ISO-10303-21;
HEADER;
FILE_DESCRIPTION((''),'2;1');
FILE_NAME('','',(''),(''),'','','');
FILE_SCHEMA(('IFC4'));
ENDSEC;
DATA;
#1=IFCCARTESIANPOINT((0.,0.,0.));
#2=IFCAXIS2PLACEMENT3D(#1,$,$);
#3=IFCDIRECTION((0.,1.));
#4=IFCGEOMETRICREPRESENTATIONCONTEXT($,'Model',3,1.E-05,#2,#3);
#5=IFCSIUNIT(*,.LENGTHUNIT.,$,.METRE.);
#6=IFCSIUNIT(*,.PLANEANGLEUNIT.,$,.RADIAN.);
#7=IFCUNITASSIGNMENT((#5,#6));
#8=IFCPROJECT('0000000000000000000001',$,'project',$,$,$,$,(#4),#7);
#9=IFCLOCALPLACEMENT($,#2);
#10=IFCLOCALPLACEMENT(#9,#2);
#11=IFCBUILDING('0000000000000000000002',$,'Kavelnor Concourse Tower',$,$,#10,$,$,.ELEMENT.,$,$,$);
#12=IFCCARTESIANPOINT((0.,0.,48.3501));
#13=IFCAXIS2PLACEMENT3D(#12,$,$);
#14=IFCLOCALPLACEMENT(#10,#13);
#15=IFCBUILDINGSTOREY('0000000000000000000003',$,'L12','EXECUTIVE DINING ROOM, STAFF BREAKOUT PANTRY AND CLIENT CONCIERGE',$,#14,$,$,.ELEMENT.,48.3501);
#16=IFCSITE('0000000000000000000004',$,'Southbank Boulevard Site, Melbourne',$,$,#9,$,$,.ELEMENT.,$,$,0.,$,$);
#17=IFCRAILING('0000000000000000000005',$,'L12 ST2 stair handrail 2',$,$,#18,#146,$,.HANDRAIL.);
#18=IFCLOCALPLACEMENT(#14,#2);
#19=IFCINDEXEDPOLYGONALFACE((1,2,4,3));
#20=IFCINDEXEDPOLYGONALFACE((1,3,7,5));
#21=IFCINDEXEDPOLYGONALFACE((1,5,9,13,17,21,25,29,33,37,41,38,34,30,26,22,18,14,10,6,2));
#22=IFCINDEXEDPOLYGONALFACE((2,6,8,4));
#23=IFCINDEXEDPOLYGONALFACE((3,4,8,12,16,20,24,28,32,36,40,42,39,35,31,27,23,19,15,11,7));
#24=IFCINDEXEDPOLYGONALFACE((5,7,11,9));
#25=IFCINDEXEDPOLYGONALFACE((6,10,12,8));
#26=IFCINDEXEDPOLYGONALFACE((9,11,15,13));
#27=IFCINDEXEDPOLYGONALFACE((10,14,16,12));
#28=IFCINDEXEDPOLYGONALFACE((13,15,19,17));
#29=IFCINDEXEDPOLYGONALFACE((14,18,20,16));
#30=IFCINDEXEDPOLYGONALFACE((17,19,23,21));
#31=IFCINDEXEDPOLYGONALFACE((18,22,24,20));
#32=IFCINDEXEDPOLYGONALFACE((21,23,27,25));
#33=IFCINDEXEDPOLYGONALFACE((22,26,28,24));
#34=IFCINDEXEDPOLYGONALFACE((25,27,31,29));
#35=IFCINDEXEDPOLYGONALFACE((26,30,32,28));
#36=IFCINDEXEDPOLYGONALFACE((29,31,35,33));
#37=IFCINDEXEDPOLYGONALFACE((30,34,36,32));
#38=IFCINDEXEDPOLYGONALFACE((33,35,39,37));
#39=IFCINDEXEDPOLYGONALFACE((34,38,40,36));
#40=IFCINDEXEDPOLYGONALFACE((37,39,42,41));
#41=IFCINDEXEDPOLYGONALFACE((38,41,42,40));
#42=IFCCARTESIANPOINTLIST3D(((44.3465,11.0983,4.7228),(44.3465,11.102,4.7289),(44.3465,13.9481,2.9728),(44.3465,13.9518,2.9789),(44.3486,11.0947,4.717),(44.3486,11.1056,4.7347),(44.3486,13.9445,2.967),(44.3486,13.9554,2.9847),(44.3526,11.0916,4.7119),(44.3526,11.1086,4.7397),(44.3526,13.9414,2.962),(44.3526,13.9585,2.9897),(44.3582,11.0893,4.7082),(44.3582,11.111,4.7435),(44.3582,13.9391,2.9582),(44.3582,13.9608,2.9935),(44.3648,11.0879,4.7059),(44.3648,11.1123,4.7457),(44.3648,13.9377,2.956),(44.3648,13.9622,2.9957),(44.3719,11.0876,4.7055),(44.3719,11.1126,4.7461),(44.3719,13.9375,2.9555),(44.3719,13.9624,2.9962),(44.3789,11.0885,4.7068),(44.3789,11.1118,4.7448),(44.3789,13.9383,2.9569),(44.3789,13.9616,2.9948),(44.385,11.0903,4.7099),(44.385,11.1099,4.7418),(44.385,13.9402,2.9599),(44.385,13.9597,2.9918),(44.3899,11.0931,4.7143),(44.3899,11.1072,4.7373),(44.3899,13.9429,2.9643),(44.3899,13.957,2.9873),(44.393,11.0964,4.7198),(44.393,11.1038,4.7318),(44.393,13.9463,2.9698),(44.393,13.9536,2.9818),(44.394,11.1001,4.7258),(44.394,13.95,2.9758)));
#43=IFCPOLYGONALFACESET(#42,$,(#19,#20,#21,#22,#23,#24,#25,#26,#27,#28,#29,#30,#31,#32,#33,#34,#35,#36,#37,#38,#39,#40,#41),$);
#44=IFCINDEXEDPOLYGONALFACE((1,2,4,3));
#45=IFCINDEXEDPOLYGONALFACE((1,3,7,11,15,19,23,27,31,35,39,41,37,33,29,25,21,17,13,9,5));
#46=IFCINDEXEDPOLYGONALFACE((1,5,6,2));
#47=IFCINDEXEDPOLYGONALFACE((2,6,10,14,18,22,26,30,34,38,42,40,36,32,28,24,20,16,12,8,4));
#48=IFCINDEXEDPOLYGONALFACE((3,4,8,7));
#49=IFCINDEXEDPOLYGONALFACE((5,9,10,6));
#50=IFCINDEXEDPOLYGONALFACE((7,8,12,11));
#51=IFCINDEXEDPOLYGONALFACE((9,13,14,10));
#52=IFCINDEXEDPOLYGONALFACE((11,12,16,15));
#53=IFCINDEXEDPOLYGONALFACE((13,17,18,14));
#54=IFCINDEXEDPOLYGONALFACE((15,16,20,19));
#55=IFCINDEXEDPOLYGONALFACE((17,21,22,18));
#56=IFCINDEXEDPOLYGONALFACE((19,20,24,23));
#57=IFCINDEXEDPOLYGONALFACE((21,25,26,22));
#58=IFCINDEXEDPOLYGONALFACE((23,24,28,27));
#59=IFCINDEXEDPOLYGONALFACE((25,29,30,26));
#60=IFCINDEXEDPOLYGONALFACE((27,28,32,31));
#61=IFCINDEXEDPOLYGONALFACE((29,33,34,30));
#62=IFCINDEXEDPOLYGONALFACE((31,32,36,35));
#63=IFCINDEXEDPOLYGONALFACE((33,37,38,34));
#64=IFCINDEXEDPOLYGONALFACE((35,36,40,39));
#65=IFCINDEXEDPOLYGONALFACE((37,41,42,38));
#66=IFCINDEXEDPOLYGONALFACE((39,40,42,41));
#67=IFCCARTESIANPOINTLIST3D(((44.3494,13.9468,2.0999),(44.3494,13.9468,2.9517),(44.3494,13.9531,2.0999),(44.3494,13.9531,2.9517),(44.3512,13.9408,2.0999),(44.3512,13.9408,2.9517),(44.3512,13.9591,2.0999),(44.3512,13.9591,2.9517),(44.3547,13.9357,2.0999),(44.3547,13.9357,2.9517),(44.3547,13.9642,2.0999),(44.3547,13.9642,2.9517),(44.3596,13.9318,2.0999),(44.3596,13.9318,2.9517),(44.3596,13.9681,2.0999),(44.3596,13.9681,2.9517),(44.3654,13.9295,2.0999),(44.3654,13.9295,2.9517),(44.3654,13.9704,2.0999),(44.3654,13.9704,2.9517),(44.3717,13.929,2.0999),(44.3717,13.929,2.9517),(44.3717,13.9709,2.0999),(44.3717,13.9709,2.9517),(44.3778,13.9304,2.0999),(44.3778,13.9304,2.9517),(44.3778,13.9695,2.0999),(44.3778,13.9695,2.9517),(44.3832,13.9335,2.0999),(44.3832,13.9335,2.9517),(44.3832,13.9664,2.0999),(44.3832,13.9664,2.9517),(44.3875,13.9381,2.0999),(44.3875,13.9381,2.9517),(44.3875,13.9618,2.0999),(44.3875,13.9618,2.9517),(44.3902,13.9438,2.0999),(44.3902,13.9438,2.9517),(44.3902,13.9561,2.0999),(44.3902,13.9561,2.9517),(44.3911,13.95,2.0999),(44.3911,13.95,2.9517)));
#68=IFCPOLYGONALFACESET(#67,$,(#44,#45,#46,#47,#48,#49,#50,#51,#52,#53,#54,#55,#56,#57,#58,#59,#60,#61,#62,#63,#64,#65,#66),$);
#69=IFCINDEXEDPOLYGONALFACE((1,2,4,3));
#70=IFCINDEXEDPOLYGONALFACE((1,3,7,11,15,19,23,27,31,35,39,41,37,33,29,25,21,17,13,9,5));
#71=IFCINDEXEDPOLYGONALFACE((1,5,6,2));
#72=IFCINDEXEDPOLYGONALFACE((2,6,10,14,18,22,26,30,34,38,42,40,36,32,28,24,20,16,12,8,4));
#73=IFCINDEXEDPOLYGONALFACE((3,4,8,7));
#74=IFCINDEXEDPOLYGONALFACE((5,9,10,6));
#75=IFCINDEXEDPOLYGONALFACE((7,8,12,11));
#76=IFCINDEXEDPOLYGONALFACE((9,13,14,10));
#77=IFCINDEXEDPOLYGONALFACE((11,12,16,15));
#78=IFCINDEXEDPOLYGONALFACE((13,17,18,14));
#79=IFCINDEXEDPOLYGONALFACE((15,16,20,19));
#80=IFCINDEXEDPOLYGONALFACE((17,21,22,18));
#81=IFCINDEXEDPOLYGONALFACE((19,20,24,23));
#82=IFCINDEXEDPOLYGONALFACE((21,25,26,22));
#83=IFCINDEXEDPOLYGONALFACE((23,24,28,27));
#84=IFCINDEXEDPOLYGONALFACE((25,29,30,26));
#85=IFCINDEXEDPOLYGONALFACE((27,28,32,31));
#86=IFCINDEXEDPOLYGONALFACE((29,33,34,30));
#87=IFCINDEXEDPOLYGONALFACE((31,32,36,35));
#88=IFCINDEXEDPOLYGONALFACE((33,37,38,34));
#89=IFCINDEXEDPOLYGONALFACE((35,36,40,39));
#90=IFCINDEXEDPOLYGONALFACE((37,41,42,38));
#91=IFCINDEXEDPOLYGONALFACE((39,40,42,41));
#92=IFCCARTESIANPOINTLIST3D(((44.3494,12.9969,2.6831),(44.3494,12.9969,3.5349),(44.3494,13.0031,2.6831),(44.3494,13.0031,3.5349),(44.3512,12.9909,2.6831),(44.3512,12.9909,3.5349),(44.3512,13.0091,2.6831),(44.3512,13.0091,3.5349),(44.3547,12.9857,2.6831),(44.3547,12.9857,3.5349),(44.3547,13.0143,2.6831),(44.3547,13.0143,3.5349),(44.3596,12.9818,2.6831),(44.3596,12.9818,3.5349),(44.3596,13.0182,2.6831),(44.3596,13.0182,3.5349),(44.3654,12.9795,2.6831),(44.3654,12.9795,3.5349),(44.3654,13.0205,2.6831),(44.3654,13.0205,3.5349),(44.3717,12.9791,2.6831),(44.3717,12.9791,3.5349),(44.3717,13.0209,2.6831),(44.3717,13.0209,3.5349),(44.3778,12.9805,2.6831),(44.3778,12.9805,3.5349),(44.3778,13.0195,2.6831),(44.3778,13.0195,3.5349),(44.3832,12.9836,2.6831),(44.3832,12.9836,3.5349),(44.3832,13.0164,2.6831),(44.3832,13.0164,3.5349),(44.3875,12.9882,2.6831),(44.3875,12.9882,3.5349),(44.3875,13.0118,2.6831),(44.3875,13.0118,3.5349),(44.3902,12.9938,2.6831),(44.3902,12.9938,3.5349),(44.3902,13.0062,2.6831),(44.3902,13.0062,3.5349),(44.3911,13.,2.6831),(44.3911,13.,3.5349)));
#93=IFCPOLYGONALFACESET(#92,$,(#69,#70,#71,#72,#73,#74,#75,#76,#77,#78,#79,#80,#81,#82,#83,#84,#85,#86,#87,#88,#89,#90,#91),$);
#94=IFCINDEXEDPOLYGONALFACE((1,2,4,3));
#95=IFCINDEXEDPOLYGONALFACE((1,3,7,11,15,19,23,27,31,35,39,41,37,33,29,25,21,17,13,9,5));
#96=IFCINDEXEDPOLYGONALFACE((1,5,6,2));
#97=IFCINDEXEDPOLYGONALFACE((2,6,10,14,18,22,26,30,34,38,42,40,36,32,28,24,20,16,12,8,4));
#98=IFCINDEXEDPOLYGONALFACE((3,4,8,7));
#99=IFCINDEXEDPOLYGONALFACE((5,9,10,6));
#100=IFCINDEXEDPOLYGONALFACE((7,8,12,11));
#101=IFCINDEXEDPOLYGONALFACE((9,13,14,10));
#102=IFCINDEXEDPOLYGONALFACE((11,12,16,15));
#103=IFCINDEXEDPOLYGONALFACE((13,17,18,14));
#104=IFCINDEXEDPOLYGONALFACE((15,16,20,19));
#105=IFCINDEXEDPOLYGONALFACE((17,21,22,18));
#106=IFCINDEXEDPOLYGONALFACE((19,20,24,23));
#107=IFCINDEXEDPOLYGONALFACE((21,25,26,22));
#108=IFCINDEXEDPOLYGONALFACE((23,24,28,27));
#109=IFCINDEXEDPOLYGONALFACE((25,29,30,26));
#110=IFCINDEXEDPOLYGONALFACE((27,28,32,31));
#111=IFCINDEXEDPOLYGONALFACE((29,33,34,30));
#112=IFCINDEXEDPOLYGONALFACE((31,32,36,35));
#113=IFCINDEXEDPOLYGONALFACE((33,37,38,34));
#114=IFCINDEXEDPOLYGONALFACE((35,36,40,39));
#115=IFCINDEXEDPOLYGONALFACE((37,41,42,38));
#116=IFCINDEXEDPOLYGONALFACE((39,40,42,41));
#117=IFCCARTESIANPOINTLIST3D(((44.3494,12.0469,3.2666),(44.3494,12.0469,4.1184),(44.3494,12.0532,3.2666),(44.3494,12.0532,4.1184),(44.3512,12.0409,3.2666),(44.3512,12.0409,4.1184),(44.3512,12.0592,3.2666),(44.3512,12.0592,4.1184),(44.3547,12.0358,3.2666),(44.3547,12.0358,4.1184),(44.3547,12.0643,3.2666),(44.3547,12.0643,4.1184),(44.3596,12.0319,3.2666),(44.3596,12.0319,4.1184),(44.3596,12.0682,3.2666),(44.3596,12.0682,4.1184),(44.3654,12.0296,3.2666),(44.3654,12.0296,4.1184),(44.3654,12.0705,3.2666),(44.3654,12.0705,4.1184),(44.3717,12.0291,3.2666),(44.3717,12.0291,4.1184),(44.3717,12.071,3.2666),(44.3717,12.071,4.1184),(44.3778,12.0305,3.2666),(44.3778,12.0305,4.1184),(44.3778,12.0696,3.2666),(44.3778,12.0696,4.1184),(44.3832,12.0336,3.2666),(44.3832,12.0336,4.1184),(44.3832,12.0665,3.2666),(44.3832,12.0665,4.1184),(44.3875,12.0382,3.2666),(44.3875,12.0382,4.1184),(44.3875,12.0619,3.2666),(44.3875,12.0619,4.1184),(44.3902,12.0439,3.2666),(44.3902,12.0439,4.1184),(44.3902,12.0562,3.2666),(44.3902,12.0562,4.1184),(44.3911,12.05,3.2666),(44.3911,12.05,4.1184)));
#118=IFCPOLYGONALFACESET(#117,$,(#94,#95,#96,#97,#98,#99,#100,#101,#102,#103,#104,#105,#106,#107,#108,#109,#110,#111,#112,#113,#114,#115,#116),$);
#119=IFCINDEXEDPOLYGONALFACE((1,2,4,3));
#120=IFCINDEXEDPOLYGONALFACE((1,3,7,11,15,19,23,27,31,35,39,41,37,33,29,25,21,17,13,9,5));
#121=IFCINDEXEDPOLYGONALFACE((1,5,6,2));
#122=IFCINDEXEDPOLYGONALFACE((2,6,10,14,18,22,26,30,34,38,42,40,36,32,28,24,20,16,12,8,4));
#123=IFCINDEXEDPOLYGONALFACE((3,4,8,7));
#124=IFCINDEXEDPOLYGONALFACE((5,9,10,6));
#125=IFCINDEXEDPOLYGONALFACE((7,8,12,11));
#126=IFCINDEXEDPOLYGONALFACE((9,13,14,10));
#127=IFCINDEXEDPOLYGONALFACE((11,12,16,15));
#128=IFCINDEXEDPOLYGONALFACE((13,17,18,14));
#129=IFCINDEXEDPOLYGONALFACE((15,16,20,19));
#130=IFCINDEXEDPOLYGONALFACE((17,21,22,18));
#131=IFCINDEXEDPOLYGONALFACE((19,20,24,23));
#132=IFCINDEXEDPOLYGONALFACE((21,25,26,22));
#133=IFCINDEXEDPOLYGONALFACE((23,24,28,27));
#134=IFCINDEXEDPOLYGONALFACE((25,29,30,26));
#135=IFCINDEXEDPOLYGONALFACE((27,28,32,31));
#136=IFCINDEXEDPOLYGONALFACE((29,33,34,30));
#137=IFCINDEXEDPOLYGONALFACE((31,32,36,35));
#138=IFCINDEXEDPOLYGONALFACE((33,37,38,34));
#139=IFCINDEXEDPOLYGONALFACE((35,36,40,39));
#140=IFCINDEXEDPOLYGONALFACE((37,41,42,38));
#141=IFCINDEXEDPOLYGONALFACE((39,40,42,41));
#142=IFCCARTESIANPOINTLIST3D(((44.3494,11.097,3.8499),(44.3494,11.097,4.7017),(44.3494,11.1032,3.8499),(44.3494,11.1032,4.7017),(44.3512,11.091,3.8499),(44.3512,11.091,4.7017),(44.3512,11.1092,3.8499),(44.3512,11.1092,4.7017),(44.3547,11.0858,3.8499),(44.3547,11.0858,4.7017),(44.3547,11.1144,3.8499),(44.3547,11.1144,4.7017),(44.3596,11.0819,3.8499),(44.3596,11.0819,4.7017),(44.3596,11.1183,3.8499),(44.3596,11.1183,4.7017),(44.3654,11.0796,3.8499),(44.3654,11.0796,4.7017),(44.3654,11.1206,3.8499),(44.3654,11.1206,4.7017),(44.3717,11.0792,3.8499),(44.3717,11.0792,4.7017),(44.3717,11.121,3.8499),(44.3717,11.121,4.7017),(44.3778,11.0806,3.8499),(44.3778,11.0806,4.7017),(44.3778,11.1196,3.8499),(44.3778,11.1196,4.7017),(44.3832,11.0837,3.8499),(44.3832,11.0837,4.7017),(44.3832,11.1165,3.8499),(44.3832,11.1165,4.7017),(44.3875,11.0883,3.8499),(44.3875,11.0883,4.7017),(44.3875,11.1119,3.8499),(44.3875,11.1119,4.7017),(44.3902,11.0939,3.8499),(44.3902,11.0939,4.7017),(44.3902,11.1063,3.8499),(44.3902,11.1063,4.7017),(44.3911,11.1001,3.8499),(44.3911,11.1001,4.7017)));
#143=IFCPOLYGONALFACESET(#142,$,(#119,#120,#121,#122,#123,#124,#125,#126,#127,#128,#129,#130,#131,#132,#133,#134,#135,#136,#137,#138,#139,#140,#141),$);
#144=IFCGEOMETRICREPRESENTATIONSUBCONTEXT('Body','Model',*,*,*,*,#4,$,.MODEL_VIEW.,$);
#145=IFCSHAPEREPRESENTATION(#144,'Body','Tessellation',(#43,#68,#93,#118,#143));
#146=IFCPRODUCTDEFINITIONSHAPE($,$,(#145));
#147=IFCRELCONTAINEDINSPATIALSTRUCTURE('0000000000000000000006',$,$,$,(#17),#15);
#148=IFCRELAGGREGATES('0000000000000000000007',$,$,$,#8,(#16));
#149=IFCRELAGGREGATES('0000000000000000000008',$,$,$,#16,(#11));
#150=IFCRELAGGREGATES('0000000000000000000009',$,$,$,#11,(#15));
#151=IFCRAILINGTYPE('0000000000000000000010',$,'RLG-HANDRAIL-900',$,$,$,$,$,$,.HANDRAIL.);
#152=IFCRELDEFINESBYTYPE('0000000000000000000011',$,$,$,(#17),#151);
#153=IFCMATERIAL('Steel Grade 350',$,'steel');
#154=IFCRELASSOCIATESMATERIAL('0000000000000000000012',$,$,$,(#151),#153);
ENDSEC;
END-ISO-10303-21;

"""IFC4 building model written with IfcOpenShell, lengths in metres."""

from ifc_helpers import new_model, si_unit, direction, frame, origin, origin_2d, place, context, subcontext, project, spatial, circle, extrude, material, type_object, element, save


model = new_model("IFC4")

# Units and contexts
model_context = context("Model", 3, precision=1e-05, world=origin(), true_north=direction((0.0, 1.0)))
body_context = subcontext(model_context, "Body", "Model", "MODEL_VIEW")
ifc_project = project(units=[si_unit("LENGTHUNIT", "METRE"), si_unit("PLANEANGLEUNIT", "RADIAN")], contexts=[model_context])

# Site, building, storey
site_placement = place(None, origin())
site = spatial("IfcSite", under=ifc_project, at=site_placement, Name="Southbank Boulevard Site, Melbourne", CompositionType="ELEMENT", RefElevation=0.0)
building_placement = place(site_placement, origin())
building = spatial("IfcBuilding", under=site, at=building_placement, Name="Kavelnor Concourse Tower", CompositionType="ELEMENT")
storey_placement = place(building_placement, frame((0.0, 0.0, 48.3501)))
storey = spatial("IfcBuildingStorey", under=building, at=storey_placement, Name="L12", Description="EXECUTIVE DINING ROOM, STAFF BREAKOUT PANTRY AND CLIENT CONCIERGE", CompositionType="ELEMENT", Elevation=48.3501)

# Shared definitions
ifc_material_1 = material(Name="Steel Grade 350", Category="steel")

# Railing
railing_type_1 = type_object("IfcRailingType", Name="RLG-HANDRAIL-900", PredefinedType="HANDRAIL", material=ifc_material_1)
railing_1_placement = place(storey_placement, frame((44.3701, 13.95, 2.0999)))
element("IfcRailing", 1, at=railing_1_placement, inside=storey, type_object=railing_type_1, Name="L12 ST2 stair handrail 2", PredefinedType="HANDRAIL", context=body_context, shape_type="SweptSolid", body=[
    extrude(circle(Radius=0.0239, at=origin_2d()), frame((0.0, 0.0, 0.876), z_axis=(0.0, -0.852159, 0.523283), x_axis=(1.0, 0.0, 0.0)), (0.0, 0.0, 1.0), 3.3442),
    extrude(circle(Radius=0.021, at=origin_2d()), origin(), (0.0, 0.0, 1.0), 0.8518),
    extrude(circle(Radius=0.021, at=origin_2d()), frame((0.0, -0.95, 0.5833)), (0.0, 0.0, 1.0), 0.8518),
    extrude(circle(Radius=0.021, at=origin_2d()), frame((0.0, -1.8999, 1.1667)), (0.0, 0.0, 1.0), 0.8518),
    extrude(circle(Radius=0.021, at=origin_2d()), frame((0.0, -2.8499, 1.75)), (0.0, 0.0, 1.0), 0.8518),
])

save(model, "model.ifc")
